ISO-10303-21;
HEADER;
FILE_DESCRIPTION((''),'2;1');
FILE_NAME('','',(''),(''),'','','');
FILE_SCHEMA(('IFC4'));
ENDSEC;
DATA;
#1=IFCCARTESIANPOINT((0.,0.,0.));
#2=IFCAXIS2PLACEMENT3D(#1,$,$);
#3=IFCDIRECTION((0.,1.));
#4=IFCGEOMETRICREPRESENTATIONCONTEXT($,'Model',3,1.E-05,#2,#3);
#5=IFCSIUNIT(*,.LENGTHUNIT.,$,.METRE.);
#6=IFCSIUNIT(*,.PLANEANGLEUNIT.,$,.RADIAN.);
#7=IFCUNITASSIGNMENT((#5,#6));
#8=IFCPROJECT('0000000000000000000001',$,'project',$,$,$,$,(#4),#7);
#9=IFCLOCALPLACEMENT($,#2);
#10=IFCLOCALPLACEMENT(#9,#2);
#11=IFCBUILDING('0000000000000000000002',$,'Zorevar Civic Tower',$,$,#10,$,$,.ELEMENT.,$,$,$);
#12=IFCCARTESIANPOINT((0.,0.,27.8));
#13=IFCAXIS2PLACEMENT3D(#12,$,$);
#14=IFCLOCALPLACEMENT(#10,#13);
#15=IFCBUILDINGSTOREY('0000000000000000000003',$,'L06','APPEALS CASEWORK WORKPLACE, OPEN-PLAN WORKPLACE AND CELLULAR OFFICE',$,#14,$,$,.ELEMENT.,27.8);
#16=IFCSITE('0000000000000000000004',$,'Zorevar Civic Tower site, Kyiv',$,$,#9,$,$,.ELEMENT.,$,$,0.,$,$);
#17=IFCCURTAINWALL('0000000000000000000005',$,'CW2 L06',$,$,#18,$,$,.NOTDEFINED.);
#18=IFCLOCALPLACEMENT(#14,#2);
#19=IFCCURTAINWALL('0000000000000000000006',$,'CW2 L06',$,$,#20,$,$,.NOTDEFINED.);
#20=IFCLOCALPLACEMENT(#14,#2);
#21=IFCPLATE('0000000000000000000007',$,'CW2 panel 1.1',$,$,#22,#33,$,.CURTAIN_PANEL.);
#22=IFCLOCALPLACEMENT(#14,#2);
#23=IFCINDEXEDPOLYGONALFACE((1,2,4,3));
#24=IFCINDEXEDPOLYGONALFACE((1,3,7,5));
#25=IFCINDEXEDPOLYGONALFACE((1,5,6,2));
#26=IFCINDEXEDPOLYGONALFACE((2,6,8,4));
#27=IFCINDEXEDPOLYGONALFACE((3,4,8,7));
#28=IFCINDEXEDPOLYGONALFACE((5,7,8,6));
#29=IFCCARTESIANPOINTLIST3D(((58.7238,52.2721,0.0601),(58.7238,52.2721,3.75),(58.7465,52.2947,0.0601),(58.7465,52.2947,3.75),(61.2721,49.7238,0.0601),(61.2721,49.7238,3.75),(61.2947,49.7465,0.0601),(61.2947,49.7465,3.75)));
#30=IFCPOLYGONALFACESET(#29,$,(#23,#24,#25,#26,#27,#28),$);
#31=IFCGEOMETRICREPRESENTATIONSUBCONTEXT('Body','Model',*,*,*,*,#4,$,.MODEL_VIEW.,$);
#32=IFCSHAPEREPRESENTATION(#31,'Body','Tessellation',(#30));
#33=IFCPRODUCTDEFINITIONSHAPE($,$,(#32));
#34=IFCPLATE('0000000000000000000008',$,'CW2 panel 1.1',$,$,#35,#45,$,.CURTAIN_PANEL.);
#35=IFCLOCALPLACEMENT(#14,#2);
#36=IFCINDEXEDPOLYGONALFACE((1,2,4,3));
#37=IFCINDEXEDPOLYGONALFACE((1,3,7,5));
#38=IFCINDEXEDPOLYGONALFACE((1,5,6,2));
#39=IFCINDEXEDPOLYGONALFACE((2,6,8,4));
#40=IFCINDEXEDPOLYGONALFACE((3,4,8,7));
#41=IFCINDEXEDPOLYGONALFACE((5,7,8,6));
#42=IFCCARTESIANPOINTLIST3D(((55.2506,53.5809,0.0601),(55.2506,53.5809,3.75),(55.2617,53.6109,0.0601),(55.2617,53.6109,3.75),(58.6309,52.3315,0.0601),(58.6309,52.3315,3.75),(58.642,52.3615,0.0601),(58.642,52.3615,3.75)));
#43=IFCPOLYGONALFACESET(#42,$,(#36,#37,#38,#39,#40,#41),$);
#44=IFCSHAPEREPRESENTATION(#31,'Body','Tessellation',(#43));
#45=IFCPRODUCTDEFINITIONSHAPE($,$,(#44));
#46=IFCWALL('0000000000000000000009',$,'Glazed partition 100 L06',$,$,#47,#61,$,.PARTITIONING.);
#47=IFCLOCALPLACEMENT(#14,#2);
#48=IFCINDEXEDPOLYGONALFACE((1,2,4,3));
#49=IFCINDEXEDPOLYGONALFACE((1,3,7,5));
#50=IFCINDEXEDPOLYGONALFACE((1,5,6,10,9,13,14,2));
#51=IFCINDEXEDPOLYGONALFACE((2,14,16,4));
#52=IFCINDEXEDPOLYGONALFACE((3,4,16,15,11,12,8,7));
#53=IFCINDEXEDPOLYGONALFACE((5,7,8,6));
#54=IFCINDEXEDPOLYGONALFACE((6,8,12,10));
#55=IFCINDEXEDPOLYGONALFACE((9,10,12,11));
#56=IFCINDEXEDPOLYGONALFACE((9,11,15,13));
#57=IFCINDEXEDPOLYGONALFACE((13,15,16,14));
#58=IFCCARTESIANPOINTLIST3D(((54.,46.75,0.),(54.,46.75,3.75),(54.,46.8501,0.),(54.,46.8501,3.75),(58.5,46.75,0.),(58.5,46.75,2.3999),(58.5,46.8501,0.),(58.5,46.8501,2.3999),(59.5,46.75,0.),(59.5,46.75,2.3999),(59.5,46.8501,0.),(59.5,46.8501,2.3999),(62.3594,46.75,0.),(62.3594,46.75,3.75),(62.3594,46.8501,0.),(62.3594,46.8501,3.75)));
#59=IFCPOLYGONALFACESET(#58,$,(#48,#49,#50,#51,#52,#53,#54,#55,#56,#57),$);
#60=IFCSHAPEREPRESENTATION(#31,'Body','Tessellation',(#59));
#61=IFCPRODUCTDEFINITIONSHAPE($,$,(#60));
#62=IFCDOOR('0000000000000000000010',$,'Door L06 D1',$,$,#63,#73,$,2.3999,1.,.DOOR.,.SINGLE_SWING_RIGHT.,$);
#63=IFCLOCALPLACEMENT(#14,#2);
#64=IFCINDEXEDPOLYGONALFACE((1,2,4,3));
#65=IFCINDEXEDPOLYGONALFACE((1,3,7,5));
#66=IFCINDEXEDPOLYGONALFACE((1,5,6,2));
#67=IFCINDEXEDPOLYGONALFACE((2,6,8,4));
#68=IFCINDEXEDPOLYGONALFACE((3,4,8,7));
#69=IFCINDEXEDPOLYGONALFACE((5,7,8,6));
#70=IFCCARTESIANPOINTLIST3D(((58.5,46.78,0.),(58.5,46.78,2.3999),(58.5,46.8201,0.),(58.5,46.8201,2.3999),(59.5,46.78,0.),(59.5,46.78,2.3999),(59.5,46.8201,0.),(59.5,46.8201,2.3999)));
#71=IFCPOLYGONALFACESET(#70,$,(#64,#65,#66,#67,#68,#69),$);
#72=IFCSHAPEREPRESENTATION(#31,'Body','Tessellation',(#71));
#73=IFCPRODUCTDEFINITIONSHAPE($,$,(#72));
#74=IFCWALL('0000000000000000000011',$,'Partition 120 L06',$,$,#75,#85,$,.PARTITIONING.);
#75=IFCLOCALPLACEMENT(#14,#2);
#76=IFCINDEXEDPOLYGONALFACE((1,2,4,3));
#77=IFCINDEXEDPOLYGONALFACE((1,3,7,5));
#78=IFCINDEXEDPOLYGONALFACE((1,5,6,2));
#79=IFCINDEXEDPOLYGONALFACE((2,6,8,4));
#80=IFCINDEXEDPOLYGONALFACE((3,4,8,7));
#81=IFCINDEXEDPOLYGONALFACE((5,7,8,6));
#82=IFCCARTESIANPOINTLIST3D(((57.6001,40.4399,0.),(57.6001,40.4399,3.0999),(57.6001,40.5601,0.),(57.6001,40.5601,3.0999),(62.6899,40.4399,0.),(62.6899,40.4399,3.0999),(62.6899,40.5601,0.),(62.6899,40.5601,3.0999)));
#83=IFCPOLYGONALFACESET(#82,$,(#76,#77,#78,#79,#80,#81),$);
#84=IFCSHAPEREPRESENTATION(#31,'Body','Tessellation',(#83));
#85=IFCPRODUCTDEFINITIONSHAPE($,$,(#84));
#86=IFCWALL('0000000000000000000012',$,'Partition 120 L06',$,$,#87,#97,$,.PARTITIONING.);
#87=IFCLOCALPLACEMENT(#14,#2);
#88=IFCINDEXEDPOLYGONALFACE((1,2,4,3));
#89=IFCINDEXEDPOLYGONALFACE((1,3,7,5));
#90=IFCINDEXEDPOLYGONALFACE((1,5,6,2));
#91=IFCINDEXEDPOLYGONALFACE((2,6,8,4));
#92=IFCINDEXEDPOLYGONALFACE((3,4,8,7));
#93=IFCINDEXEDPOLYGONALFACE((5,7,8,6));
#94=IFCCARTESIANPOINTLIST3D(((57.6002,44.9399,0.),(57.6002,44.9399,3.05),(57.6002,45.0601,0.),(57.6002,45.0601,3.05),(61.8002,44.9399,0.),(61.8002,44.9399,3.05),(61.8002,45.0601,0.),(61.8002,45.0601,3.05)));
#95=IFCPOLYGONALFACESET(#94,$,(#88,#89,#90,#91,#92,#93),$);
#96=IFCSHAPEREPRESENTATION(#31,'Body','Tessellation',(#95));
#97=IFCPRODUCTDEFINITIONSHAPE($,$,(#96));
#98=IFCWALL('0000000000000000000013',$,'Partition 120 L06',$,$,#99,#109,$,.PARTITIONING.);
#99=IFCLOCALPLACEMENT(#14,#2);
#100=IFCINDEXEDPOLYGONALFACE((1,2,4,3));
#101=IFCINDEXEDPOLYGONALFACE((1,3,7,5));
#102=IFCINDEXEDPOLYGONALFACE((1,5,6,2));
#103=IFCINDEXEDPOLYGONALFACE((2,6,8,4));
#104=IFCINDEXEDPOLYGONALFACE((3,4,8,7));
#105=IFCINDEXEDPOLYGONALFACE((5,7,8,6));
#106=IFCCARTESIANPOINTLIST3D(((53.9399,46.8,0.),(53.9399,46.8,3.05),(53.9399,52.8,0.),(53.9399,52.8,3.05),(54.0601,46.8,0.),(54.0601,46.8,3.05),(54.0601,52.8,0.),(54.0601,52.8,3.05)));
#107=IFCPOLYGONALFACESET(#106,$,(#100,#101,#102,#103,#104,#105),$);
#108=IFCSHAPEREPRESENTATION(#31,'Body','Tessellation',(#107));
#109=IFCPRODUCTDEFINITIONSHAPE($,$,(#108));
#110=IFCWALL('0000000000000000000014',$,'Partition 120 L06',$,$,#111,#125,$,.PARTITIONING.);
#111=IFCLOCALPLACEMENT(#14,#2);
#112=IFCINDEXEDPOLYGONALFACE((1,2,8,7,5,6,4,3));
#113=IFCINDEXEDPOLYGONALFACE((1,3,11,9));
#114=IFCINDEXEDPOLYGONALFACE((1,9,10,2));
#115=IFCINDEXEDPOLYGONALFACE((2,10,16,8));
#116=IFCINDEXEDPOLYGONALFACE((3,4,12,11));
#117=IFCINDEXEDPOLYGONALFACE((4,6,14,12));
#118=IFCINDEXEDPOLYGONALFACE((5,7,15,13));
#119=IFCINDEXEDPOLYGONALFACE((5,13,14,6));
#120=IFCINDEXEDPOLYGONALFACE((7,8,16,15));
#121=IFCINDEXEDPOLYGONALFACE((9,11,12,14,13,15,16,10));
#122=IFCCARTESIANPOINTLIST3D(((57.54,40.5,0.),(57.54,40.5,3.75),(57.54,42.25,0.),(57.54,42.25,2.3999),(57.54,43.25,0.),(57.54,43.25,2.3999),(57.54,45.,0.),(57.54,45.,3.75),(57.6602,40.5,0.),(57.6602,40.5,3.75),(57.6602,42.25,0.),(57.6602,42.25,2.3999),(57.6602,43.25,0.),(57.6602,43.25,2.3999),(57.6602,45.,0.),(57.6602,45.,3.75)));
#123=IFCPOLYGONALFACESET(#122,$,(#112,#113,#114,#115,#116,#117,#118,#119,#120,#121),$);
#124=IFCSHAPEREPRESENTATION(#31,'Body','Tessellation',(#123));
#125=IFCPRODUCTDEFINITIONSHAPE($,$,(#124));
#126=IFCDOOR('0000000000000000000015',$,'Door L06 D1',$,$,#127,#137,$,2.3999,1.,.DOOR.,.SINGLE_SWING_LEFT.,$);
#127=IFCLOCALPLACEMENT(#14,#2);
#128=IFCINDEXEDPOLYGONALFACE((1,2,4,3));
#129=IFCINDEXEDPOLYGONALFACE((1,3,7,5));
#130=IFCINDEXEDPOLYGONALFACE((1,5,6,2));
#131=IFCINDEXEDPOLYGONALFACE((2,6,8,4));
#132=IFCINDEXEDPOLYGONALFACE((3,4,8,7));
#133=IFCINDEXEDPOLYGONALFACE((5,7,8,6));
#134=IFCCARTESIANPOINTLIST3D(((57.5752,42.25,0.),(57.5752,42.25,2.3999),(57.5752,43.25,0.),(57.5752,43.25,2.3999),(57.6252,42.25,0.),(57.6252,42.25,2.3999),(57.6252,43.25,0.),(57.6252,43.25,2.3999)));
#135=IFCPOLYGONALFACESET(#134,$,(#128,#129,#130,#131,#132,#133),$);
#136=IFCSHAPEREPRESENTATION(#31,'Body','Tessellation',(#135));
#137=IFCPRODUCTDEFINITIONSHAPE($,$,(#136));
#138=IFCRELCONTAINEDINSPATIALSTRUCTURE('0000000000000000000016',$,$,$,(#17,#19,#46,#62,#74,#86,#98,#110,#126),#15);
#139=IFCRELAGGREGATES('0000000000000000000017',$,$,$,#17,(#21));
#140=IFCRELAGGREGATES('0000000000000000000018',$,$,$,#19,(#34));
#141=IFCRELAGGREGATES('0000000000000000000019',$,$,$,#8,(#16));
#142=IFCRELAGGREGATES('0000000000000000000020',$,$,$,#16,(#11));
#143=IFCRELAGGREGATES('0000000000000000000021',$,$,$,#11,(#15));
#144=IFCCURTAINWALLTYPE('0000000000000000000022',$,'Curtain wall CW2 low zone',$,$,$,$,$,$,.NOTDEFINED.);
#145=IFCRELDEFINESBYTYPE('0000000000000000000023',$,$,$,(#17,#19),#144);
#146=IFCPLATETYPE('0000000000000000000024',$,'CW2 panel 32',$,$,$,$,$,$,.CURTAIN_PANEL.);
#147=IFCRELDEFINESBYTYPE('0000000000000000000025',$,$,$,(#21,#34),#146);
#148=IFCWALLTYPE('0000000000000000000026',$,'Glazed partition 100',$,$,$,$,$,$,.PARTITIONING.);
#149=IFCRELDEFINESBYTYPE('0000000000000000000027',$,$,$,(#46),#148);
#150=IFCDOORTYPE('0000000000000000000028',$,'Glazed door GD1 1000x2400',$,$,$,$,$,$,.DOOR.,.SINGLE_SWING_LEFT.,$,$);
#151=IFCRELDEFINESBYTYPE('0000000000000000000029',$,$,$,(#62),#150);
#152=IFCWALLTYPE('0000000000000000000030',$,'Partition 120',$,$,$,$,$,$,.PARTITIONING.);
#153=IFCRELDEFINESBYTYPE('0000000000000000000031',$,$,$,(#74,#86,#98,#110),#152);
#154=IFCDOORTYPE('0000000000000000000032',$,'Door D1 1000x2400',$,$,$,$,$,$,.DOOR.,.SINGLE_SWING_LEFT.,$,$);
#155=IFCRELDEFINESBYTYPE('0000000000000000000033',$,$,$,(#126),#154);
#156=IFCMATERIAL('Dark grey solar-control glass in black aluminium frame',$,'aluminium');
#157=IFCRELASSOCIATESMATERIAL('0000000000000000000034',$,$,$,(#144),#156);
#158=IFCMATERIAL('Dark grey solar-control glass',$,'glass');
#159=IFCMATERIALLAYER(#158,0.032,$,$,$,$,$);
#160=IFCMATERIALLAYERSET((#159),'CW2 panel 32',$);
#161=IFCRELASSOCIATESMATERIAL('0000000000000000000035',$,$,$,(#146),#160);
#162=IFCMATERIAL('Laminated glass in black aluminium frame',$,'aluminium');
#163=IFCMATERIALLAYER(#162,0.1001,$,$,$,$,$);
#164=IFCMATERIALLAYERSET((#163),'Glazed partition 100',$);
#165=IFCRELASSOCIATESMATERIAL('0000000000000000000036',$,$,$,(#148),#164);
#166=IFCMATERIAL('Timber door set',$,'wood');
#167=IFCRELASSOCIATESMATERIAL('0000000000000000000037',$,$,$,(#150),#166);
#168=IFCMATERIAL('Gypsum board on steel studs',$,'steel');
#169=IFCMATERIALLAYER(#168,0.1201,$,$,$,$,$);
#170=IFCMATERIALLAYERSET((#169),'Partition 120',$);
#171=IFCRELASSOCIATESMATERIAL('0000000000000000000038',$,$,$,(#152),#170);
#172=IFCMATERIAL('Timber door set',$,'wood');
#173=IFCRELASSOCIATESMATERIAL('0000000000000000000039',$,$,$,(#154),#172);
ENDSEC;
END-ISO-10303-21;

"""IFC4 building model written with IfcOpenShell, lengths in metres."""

from ifc_helpers import new_model, si_unit, direction, frame, frame_2d, origin, origin_2d, place, context, subcontext, project, spatial, rectangle, extrude, material, layer, layer_set, type_object, element, fill, aggregate, save


model = new_model("IFC4")

# Units and contexts
model_context = context("Model", 3, precision=1e-05, world=origin(), true_north=direction((0.0, 1.0)))
body_context = subcontext(model_context, "Body", "Model", "MODEL_VIEW")
ifc_project = project(units=[si_unit("LENGTHUNIT", "METRE"), si_unit("PLANEANGLEUNIT", "RADIAN")], contexts=[model_context])

# Site, building, storey
site_placement = place(None, origin())
site = spatial("IfcSite", under=ifc_project, at=site_placement, Name="Zorevar Civic Tower site, Kyiv", CompositionType="ELEMENT", RefElevation=0.0)
building_placement = place(site_placement, origin())
building = spatial("IfcBuilding", under=site, at=building_placement, Name="Zorevar Civic Tower", CompositionType="ELEMENT")
storey_placement = place(building_placement, frame((0.0, 0.0, 27.8)))
storey = spatial("IfcBuildingStorey", under=building, at=storey_placement, Name="L06", Description="APPEALS CASEWORK WORKPLACE, OPEN-PLAN WORKPLACE AND CELLULAR OFFICE", CompositionType="ELEMENT", Elevation=27.8)

# Curtain walls
ifc_material_1 = material(Name="Dark grey solar-control glass in black aluminium frame", Category="aluminium")
curtain_wall_type = type_object("IfcCurtainWallType", Name="Curtain wall CW2 low zone", PredefinedType="NOTDEFINED", material=ifc_material_1)
curtain_wall_1_placement = place(storey_placement, origin())
curtain_wall_1 = element("IfcCurtainWall", 1, at=curtain_wall_1_placement, inside=storey, type_object=curtain_wall_type, Name="CW2 L06", PredefinedType="NOTDEFINED")
curtain_wall_2_placement = place(storey_placement, origin())
curtain_wall_2 = element("IfcCurtainWall", 2, at=curtain_wall_2_placement, inside=storey, type_object=curtain_wall_type, Name="CW2 L06", PredefinedType="NOTDEFINED")

# Plates
ifc_material_2 = material(Name="Dark grey solar-control glass", Category="glass")
ifc_layer_1 = layer(ifc_material_2, 0.032)
ifc_layer_set_1 = layer_set([ifc_layer_1], Name="CW2 panel 32")
plate_type = type_object("IfcPlateType", Name="CW2 panel 32", PredefinedType="CURTAIN_PANEL", material=ifc_layer_set_1)
plate_1_placement = place(storey_placement, frame((60.0093, 51.0093, 0.0601), z_axis=(0.0, 0.0, 1.0), x_axis=(-0.707107, 0.707107, 0.0)))
plate_1 = element("IfcPlate", 3, at=plate_1_placement, type_object=plate_type, Name="CW2 panel 1.1", PredefinedType="CURTAIN_PANEL", context=body_context, shape_type="SweptSolid", body=[
    extrude(rectangle(XDim=3.6038, YDim=0.032, at=origin_2d()), origin(), (0.0, 0.0, 1.0), 3.6899),
])
aggregate(curtain_wall_1, [plate_1])
plate_2_placement = place(storey_placement, frame((56.9463, 52.9712, 0.0601), z_axis=(0.0, 0.0, 1.0), x_axis=(-0.937975, 0.346704, 0.0)))
plate_2 = element("IfcPlate", 4, at=plate_2_placement, type_object=plate_type, Name="CW2 panel 1.1", PredefinedType="CURTAIN_PANEL", context=body_context, shape_type="SweptSolid", body=[
    extrude(rectangle(XDim=3.6038, YDim=0.032, at=origin_2d()), origin(), (0.0, 0.0, 1.0), 3.6899),
])
aggregate(curtain_wall_2, [plate_2])

# Wall, opening, door
ifc_material_3 = material(Name="Laminated glass in black aluminium frame", Category="aluminium")
ifc_layer_2 = layer(ifc_material_3, 0.1001)
ifc_layer_set_2 = layer_set([ifc_layer_2], Name="Glazed partition 100")
wall_type_1 = type_object("IfcWallType", Name="Glazed partition 100", PredefinedType="PARTITIONING", material=ifc_layer_set_2)
wall_1_placement = place(storey_placement, frame((54.0, 46.8, 0.0), z_axis=(0.0, 0.0, 1.0), x_axis=(1.0, 0.0, 0.0)))
wall_1 = element("IfcWall", 5, at=wall_1_placement, inside=storey, type_object=wall_type_1, Name="Glazed partition 100 L06", PredefinedType="PARTITIONING", context=body_context, shape_type="SweptSolid", body=[
    extrude(rectangle(XDim=8.3594, YDim=0.1001, at=frame_2d((4.1797, 0.0))), origin(), (0.0, 0.0, 1.0), 3.75),
])
opening_1_placement = place(wall_1_placement, frame((4.5, 0.0, 0.0)))
opening_1 = element("IfcOpeningElement", 6, at=opening_1_placement, cuts=wall_1, PredefinedType="OPENING", context=body_context, shape_type="SweptSolid", body=[
    extrude(rectangle(XDim=1.0, YDim=2.3999, at=frame_2d((0.5, 1.2))), frame((0.0, 0.0601, 0.0), z_axis=(0.0, -1.0, 0.0), x_axis=(1.0, 0.0, 0.0)), (0.0, 0.0, 1.0), 0.1201),
])
ifc_material_4 = material(Name="Timber door set", Category="wood")
door_type_1 = type_object("IfcDoorType", Name="Glazed door GD1 1000x2400", OperationType="SINGLE_SWING_LEFT", PredefinedType="DOOR", material=ifc_material_4)
door_1_placement = place(opening_1_placement, origin())
door_1 = element("IfcDoor", 7, at=door_1_placement, inside=storey, type_object=door_type_1, Name="Door L06 D1", OperationType="SINGLE_SWING_RIGHT", OverallHeight=2.3999, OverallWidth=1.0, PredefinedType="DOOR", context=body_context, shape_type="SweptSolid", body=[
    extrude(rectangle(XDim=1.0, YDim=2.3999, at=frame_2d((0.5, 1.2))), frame((0.0, 0.02, 0.0), z_axis=(0.0, -1.0, 0.0), x_axis=(1.0, 0.0, 0.0)), (0.0, 0.0, 1.0), 0.04),
])
fill(opening_1, door_1)

# Walls
ifc_material_5 = material(Name="Gypsum board on steel studs", Category="steel")
ifc_layer_3 = layer(ifc_material_5, 0.1201)
ifc_layer_set_3 = layer_set([ifc_layer_3], Name="Partition 120")
wall_type_2 = type_object("IfcWallType", Name="Partition 120", PredefinedType="PARTITIONING", material=ifc_layer_set_3)
wall_2_placement = place(storey_placement, frame((57.6001, 40.5, 0.0), z_axis=(0.0, 0.0, 1.0), x_axis=(1.0, 0.0, 0.0)))
element("IfcWall", 8, at=wall_2_placement, inside=storey, type_object=wall_type_2, Name="Partition 120 L06", PredefinedType="PARTITIONING", context=body_context, shape_type="SweptSolid", body=[
    extrude(rectangle(XDim=5.0898, YDim=0.1201, at=frame_2d((2.5449, 0.0))), origin(), (0.0, 0.0, 1.0), 3.0999),
])
wall_3_placement = place(storey_placement, frame((57.6001, 45.0, 0.0), z_axis=(0.0, 0.0, 1.0), x_axis=(1.0, 0.0, 0.0)))
element("IfcWall", 9, at=wall_3_placement, inside=storey, type_object=wall_type_2, Name="Partition 120 L06", PredefinedType="PARTITIONING", context=body_context, shape_type="SweptSolid", body=[
    extrude(rectangle(XDim=4.2, YDim=0.1201, at=frame_2d((2.1001, 0.0))), origin(), (0.0, 0.0, 1.0), 3.05),
])
wall_4_placement = place(storey_placement, frame((54.0, 46.8, 0.0), z_axis=(0.0, 0.0, 1.0), x_axis=(0.0, 1.0, 0.0)))
element("IfcWall", 10, at=wall_4_placement, inside=storey, type_object=wall_type_2, Name="Partition 120 L06", PredefinedType="PARTITIONING", context=body_context, shape_type="SweptSolid", body=[
    extrude(rectangle(XDim=6.0, YDim=0.1201, at=frame_2d((3.0, 0.0))), origin(), (0.0, 0.0, 1.0), 3.05),
])

# Wall, opening, door
wall_5_placement = place(storey_placement, frame((57.6001, 40.5, 0.0), z_axis=(0.0, 0.0, 1.0), x_axis=(0.0, 1.0, 0.0)))
wall_5 = element("IfcWall", 11, at=wall_5_placement, inside=storey, type_object=wall_type_2, Name="Partition 120 L06", PredefinedType="PARTITIONING", context=body_context, shape_type="SweptSolid", body=[
    extrude(rectangle(XDim=4.5, YDim=0.1201, at=frame_2d((2.25, 0.0))), origin(), (0.0, 0.0, 1.0), 3.75),
])
opening_2_placement = place(wall_5_placement, frame((1.75, 0.0, 0.0)))
opening_2 = element("IfcOpeningElement", 12, at=opening_2_placement, cuts=wall_5, PredefinedType="OPENING", context=body_context, shape_type="SweptSolid", body=[
    extrude(rectangle(XDim=1.0, YDim=2.3999, at=frame_2d((0.5, 1.2))), frame((0.0, 0.0701, 0.0), z_axis=(0.0, -1.0, 0.0), x_axis=(1.0, 0.0, 0.0)), (0.0, 0.0, 1.0), 0.1401),
])
ifc_material_6 = material(Name="Timber door set", Category="wood")
door_type_2 = type_object("IfcDoorType", Name="Door D1 1000x2400", OperationType="SINGLE_SWING_LEFT", PredefinedType="DOOR", material=ifc_material_6)
door_2_placement = place(opening_2_placement, origin())
door_2 = element("IfcDoor", 13, at=door_2_placement, inside=storey, type_object=door_type_2, Name="Door L06 D1", OperationType="SINGLE_SWING_LEFT", OverallHeight=2.3999, OverallWidth=1.0, PredefinedType="DOOR", context=body_context, shape_type="SweptSolid", body=[
    extrude(rectangle(XDim=1.0, YDim=2.3999, at=frame_2d((0.5, 1.2))), frame((0.0, 0.0249, 0.0), z_axis=(0.0, -1.0, 0.0), x_axis=(1.0, 0.0, 0.0)), (0.0, 0.0, 1.0), 0.05),
])
fill(opening_2, door_2)

save(model, "model.ifc")
